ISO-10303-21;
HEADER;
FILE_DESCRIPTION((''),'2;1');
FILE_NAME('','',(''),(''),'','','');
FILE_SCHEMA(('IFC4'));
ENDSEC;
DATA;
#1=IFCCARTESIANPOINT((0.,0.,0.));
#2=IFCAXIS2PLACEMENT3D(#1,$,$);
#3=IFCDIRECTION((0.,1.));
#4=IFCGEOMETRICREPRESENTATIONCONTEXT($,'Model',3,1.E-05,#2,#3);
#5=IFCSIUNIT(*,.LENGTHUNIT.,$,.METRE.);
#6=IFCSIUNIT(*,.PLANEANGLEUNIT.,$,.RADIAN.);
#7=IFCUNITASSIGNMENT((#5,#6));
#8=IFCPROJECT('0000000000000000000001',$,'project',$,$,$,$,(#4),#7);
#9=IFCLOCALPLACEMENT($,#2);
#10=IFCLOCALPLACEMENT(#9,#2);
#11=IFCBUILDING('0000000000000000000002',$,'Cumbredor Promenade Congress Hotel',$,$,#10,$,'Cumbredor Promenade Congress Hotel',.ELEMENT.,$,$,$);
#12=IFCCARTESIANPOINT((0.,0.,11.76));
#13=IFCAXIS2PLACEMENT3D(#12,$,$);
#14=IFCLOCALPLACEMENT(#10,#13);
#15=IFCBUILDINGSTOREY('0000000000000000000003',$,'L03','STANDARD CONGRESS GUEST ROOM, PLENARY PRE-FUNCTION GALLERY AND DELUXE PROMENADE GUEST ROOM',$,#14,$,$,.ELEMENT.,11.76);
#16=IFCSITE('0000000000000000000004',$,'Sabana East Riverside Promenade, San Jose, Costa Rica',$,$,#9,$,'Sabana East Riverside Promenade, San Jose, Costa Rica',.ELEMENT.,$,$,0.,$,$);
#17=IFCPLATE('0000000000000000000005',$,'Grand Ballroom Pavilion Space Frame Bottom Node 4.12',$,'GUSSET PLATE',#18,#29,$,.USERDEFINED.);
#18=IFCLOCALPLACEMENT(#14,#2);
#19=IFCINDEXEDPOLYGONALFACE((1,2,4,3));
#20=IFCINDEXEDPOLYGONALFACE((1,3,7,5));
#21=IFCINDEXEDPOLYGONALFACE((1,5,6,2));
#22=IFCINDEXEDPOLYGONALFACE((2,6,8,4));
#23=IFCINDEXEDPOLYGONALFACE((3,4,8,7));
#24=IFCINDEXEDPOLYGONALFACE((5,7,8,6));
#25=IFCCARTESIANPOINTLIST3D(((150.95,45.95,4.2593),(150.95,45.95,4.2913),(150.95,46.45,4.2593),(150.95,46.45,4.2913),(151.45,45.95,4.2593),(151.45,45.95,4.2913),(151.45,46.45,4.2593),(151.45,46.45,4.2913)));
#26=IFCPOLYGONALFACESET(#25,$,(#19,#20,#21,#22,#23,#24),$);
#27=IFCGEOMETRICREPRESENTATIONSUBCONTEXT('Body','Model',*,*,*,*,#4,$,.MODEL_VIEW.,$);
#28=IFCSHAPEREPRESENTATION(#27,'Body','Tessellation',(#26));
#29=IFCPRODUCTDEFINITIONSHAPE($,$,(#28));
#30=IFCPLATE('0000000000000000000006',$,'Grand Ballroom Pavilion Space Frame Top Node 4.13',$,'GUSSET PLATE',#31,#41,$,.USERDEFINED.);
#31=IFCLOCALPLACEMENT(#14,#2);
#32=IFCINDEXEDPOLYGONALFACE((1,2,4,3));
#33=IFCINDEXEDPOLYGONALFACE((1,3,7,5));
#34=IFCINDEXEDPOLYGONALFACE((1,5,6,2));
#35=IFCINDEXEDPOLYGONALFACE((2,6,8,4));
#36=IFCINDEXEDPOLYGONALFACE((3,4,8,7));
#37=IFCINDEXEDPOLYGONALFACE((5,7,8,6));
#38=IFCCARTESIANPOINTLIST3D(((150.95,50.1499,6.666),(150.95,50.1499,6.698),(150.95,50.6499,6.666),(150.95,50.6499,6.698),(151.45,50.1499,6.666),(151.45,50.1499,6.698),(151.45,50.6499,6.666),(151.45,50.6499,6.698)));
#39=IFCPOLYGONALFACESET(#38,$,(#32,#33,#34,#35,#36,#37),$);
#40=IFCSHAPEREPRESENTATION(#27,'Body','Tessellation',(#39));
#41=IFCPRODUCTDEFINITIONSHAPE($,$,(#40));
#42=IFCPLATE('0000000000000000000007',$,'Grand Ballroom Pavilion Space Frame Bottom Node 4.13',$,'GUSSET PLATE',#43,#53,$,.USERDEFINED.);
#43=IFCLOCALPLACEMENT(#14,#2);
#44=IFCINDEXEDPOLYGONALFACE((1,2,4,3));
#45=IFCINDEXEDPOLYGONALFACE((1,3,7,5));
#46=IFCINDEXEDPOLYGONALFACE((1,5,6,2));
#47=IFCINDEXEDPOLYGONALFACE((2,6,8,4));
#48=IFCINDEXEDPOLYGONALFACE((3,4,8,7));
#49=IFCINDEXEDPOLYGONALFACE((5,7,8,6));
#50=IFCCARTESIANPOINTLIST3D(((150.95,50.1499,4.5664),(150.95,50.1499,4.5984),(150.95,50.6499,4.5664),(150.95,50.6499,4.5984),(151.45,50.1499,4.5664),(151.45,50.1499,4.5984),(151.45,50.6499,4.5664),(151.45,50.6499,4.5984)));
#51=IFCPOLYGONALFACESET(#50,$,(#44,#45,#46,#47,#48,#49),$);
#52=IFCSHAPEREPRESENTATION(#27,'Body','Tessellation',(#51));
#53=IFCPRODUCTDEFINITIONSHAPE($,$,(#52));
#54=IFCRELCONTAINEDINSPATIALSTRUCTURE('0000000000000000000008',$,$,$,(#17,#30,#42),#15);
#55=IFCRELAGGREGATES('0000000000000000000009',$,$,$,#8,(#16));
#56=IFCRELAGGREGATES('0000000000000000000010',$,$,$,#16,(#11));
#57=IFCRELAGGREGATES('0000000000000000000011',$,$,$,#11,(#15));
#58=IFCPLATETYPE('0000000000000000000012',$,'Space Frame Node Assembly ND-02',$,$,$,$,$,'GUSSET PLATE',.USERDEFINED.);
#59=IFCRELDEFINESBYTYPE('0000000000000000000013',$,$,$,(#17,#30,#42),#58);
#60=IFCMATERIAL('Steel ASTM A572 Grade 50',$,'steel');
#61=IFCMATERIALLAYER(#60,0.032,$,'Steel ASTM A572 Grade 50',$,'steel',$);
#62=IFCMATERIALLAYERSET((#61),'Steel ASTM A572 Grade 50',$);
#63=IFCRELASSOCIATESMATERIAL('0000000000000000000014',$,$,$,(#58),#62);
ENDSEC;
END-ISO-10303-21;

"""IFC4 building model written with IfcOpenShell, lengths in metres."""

from ifc_helpers import new_model, si_unit, direction, frame, origin, origin_2d, place, context, subcontext, project, spatial, rectangle, extrude, material, layer, layer_set, type_object, element, save


model = new_model("IFC4")

# Units and contexts
model_context = context("Model", 3, precision=1e-05, world=origin(), true_north=direction((0.0, 1.0)))
body_context = subcontext(model_context, "Body", "Model", "MODEL_VIEW")
ifc_project = project(units=[si_unit("LENGTHUNIT", "METRE"), si_unit("PLANEANGLEUNIT", "RADIAN")], contexts=[model_context])

# Site, building, storey
site_placement = place(None, origin())
site = spatial("IfcSite", under=ifc_project, at=site_placement, Name="Sabana East Riverside Promenade, San Jose, Costa Rica", LongName="Sabana East Riverside Promenade, San Jose, Costa Rica", CompositionType="ELEMENT", RefElevation=0.0)
building_placement = place(site_placement, origin())
building = spatial("IfcBuilding", under=site, at=building_placement, Name="Cumbredor Promenade Congress Hotel", LongName="Cumbredor Promenade Congress Hotel", CompositionType="ELEMENT")
storey_placement = place(building_placement, frame((0.0, 0.0, 11.76)))
storey = spatial("IfcBuildingStorey", under=building, at=storey_placement, Name="L03", Description="STANDARD CONGRESS GUEST ROOM, PLENARY PRE-FUNCTION GALLERY AND DELUXE PROMENADE GUEST ROOM", CompositionType="ELEMENT", Elevation=11.76)

# Plates
ifc_material_1 = material(Name="Steel ASTM A572 Grade 50", Category="steel")
ifc_layer_1 = layer(ifc_material_1, 0.032, Name="Steel ASTM A572 Grade 50", Category="steel")
ifc_layer_set_1 = layer_set([ifc_layer_1], Name="Steel ASTM A572 Grade 50")
plate_type_1 = type_object("IfcPlateType", Name="Space Frame Node Assembly ND-02", ElementType="GUSSET PLATE", PredefinedType="USERDEFINED", material=ifc_layer_set_1)
for number, where, z_axis, x_axis, name in (
    (1, (151.2, 46.2, 4.2593), (0.0, 0.0, 1.0), (1.0, 0.0, 0.0), "Grand Ballroom Pavilion Space Frame Bottom Node 4.12"),
    (2, (151.2, 50.3999, 6.666), (0.0, 0.0, 1.0), (1.0, 0.0, 0.0), "Grand Ballroom Pavilion Space Frame Top Node 4.13"),
    (3, (151.2, 50.3999, 4.5664), (0.0, 0.0, 1.0), (1.0, 0.0, 0.0), "Grand Ballroom Pavilion Space Frame Bottom Node 4.13"),
):
    element("IfcPlate", number, at=place(storey_placement, frame(where, z_axis=z_axis, x_axis=x_axis)), inside=storey, type_object=plate_type_1, Name=name, ObjectType="GUSSET PLATE", PredefinedType="USERDEFINED", context=body_context, shape_type="SweptSolid", body=[
        extrude(rectangle(XDim=0.5, YDim=0.5, at=origin_2d()), origin(), (0.0, 0.0, 1.0), 0.032),
    ])

save(model, "model.ifc")
